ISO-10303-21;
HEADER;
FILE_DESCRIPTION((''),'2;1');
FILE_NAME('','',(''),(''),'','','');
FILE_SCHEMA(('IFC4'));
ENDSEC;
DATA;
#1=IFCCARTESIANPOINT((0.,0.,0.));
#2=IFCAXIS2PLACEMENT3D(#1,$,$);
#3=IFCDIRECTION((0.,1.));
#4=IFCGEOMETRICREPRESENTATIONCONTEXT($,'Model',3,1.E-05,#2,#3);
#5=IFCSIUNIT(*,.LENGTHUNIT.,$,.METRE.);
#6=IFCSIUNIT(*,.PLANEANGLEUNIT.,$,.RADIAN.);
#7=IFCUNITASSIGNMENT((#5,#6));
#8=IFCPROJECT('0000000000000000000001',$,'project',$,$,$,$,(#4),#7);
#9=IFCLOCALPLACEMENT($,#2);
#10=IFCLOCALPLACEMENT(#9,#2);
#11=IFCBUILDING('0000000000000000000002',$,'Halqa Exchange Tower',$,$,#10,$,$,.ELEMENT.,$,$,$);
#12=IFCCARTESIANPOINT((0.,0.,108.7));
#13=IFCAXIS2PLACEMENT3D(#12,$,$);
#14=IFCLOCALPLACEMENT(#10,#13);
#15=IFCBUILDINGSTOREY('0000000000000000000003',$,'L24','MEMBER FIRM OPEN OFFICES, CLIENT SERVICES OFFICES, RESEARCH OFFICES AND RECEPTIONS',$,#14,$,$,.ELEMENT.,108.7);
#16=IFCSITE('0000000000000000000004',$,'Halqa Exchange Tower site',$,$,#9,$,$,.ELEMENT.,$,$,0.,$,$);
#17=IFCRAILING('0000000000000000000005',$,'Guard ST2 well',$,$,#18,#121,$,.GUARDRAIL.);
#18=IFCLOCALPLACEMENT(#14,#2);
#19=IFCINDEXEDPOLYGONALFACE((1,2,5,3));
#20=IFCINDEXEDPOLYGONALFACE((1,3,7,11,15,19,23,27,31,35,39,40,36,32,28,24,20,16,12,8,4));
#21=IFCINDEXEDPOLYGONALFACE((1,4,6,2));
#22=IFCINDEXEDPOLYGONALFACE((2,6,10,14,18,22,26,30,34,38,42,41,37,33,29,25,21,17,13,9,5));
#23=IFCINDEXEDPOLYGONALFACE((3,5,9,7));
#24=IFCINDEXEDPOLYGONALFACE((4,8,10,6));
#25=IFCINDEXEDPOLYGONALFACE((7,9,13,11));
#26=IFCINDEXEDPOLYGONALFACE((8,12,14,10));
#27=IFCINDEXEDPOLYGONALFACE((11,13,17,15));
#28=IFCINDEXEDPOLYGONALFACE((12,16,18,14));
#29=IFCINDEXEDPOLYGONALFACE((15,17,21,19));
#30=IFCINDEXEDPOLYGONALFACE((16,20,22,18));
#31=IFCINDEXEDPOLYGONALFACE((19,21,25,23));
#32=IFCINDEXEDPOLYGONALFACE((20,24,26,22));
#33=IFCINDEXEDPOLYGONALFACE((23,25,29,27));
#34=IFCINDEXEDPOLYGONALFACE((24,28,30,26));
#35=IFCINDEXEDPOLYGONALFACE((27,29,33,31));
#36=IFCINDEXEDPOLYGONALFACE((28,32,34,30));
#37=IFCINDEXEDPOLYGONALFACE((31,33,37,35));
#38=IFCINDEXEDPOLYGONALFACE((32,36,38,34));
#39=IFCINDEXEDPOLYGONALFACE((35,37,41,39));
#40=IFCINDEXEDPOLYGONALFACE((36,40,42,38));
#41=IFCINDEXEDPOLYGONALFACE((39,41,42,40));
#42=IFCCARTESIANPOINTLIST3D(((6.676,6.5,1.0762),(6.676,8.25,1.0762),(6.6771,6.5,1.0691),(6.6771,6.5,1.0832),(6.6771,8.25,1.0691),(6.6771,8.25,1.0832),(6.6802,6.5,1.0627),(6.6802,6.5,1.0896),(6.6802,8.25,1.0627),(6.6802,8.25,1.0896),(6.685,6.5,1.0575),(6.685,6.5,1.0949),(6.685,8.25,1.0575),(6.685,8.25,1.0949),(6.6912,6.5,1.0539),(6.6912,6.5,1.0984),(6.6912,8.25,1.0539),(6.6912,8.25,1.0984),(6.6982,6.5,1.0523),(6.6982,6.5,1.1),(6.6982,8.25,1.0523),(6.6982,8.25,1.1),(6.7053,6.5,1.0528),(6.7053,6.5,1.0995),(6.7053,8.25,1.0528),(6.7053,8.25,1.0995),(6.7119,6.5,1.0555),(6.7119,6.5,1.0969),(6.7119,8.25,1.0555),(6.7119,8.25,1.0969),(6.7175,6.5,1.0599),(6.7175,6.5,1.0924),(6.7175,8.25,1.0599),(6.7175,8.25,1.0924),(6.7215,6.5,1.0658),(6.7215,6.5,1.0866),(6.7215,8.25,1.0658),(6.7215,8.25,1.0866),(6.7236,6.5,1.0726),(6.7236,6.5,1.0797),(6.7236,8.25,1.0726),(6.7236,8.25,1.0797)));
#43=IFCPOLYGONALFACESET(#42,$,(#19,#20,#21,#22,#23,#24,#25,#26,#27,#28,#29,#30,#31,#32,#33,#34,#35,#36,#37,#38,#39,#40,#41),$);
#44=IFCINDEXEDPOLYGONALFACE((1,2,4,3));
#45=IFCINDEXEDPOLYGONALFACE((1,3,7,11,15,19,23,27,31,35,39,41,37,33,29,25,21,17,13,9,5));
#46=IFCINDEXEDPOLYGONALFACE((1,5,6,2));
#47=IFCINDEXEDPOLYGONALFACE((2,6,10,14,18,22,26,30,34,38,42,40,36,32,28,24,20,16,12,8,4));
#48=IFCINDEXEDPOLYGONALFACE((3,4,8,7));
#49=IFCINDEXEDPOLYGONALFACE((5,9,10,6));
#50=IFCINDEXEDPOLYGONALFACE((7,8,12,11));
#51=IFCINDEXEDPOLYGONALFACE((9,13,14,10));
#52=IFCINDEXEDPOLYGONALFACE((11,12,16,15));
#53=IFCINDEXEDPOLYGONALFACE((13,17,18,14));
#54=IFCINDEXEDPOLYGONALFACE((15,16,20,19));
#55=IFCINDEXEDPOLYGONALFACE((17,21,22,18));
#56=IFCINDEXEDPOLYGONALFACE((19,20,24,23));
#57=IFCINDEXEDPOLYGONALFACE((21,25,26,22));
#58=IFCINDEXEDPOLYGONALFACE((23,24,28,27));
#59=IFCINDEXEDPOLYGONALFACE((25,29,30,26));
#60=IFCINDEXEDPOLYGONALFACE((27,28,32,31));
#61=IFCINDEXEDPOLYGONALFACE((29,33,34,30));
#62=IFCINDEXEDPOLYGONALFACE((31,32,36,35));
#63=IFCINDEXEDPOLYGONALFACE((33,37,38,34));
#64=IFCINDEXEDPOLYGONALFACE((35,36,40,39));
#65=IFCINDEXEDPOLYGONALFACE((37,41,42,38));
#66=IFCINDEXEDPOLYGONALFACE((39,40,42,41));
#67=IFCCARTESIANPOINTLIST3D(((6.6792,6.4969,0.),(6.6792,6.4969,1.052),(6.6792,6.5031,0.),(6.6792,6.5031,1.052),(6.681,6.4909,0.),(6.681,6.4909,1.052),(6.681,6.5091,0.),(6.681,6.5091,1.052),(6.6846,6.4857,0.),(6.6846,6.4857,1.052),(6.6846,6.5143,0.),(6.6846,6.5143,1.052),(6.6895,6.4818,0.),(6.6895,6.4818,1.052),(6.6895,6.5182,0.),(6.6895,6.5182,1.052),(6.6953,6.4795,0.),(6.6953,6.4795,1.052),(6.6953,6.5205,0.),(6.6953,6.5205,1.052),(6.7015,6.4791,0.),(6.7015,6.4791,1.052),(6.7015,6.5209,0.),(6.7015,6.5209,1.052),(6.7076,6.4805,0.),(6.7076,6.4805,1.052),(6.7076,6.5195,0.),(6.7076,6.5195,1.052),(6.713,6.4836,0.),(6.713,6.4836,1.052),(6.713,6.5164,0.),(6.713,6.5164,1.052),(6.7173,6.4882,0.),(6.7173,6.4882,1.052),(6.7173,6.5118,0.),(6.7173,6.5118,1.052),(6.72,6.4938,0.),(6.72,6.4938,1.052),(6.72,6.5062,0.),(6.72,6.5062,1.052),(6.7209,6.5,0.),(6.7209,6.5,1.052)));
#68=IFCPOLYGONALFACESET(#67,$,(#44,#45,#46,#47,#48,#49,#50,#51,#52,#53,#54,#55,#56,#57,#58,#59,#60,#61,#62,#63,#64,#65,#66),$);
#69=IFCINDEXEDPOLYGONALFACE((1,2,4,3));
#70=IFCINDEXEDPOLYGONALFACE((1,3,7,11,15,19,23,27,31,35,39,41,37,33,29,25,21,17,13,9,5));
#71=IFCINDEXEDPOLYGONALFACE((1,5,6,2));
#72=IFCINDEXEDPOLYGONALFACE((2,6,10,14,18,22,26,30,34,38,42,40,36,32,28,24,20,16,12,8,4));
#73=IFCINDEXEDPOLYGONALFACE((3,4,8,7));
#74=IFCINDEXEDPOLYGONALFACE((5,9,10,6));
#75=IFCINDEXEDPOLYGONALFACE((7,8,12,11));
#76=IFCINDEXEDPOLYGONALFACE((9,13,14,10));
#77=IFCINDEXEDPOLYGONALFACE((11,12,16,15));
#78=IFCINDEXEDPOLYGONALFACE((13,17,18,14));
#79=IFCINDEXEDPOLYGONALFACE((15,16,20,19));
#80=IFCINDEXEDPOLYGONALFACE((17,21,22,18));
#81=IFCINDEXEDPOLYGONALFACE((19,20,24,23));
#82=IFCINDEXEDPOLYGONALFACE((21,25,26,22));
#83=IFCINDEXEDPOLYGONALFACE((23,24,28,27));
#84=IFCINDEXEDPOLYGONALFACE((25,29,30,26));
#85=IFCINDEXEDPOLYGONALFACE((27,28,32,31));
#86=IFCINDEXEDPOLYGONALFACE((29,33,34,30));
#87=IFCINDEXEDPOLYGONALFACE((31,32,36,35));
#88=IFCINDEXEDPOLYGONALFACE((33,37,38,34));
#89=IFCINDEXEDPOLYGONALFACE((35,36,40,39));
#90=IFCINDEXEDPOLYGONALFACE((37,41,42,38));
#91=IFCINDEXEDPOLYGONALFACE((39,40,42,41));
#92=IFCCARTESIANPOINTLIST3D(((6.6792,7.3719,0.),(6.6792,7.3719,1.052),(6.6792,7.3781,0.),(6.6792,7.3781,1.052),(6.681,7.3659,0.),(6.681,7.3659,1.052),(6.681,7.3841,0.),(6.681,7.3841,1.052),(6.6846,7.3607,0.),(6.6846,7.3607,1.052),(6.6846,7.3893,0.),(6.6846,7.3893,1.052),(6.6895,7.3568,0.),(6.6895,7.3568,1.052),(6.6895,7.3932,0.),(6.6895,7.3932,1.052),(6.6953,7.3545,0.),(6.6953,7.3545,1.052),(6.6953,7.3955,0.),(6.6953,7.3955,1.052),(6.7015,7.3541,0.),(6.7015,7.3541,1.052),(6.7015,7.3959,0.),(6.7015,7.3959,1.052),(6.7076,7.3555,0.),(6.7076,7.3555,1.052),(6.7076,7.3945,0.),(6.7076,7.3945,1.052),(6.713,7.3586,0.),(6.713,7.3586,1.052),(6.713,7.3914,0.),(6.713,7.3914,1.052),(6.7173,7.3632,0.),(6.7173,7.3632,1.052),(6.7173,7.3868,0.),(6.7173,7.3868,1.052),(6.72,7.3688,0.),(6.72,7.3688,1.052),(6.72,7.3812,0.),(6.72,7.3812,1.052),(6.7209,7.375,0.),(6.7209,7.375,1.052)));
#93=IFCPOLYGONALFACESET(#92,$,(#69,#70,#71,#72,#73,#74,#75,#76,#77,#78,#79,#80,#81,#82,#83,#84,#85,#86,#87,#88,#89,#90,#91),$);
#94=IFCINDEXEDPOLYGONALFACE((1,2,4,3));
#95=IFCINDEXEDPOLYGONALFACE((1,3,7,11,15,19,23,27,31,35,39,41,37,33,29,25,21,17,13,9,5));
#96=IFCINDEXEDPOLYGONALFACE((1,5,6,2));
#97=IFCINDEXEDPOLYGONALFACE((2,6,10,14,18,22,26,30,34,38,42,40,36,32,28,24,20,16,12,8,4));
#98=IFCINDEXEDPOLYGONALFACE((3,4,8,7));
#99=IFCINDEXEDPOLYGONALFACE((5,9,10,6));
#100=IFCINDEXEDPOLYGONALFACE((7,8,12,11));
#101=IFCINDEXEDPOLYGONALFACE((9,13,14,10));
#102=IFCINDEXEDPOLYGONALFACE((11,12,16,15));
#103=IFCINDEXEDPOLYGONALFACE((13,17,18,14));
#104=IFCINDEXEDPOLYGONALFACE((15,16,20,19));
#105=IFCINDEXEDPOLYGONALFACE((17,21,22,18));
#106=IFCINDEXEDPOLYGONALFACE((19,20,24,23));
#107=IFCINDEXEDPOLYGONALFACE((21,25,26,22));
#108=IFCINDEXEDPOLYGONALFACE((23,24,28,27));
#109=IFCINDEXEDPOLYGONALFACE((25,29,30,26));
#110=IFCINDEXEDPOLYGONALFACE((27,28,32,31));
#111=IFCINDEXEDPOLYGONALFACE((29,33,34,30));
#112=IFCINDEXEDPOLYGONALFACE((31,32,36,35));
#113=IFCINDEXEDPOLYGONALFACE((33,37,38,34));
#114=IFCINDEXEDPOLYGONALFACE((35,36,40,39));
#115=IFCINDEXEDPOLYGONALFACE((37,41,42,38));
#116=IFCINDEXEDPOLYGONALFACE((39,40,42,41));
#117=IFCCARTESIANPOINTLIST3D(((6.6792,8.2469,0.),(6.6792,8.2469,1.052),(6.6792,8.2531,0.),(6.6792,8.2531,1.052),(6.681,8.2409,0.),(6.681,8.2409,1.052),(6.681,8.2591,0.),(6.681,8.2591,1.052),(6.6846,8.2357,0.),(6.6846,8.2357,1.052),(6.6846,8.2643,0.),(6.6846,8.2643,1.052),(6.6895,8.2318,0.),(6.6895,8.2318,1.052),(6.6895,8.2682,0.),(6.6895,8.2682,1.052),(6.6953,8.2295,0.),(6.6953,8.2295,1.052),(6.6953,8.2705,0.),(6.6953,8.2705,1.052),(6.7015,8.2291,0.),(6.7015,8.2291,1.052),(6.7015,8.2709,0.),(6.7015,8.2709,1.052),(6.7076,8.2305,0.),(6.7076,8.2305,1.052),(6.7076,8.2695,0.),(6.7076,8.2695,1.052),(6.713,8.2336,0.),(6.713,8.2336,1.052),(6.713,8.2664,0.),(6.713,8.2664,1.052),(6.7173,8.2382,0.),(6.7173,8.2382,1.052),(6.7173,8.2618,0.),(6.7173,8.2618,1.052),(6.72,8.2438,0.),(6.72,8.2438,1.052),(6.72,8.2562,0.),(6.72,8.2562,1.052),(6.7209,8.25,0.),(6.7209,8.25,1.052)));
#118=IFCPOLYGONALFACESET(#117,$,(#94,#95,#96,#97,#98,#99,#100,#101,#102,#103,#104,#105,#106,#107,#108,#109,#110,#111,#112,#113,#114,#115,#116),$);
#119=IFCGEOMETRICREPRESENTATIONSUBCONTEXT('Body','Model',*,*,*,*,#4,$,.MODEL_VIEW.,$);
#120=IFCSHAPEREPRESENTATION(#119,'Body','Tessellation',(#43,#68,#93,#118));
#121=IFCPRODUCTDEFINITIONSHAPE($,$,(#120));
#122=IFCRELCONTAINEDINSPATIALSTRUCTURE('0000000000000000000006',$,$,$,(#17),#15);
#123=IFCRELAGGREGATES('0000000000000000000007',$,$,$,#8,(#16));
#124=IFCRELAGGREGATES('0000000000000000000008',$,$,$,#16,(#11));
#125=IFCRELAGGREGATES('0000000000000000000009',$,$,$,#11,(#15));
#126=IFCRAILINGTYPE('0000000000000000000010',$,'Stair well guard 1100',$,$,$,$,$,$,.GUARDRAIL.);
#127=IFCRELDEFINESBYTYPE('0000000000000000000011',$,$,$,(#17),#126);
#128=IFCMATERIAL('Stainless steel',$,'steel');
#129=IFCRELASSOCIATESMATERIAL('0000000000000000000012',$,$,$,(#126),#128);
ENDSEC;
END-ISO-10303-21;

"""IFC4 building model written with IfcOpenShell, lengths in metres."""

from ifc_helpers import new_model, si_unit, direction, frame, origin, origin_2d, place, context, subcontext, project, spatial, circle, extrude, material, type_object, element, save


model = new_model("IFC4")

# Units and contexts
model_context = context("Model", 3, precision=1e-05, world=origin(), true_north=direction((0.0, 1.0)))
body_context = subcontext(model_context, "Body", "Model", "MODEL_VIEW")
ifc_project = project(units=[si_unit("LENGTHUNIT", "METRE"), si_unit("PLANEANGLEUNIT", "RADIAN")], contexts=[model_context])

# Site, building, storey
site_placement = place(None, origin())
site = spatial("IfcSite", under=ifc_project, at=site_placement, Name="Halqa Exchange Tower site", CompositionType="ELEMENT", RefElevation=0.0)
building_placement = place(site_placement, origin())
building = spatial("IfcBuilding", under=site, at=building_placement, Name="Halqa Exchange Tower", CompositionType="ELEMENT")
storey_placement = place(building_placement, frame((0.0, 0.0, 108.7)))
storey = spatial("IfcBuildingStorey", under=building, at=storey_placement, Name="L24", Description="MEMBER FIRM OPEN OFFICES, CLIENT SERVICES OFFICES, RESEARCH OFFICES AND RECEPTIONS", CompositionType="ELEMENT", Elevation=108.7)

# Railing
ifc_material_1 = material(Name="Stainless steel", Category="steel")
railing_type_1 = type_object("IfcRailingType", Name="Stair well guard 1100", PredefinedType="GUARDRAIL", material=ifc_material_1)
railing_1_placement = place(storey_placement, frame((6.7, 6.5, 0.0)))
element("IfcRailing", 1, at=railing_1_placement, inside=storey, type_object=railing_type_1, Name="Guard ST2 well", PredefinedType="GUARDRAIL", context=body_context, shape_type="SweptSolid", body=[
    extrude(circle(Radius=0.0239, at=origin_2d()), frame((0.0, 0.0, 1.0762), z_axis=(0.0, 1.0, 0.0), x_axis=(-1.0, 0.0, 0.0)), (0.0, 0.0, 1.0), 1.75),
    extrude(circle(Radius=0.021, at=origin_2d()), origin(), (0.0, 0.0, 1.0), 1.052),
    extrude(circle(Radius=0.021, at=origin_2d()), frame((0.0, 0.875, 0.0)), (0.0, 0.0, 1.0), 1.052),
    extrude(circle(Radius=0.021, at=origin_2d()), frame((0.0, 1.75, 0.0)), (0.0, 0.0, 1.0), 1.052),
])

save(model, "model.ifc")
